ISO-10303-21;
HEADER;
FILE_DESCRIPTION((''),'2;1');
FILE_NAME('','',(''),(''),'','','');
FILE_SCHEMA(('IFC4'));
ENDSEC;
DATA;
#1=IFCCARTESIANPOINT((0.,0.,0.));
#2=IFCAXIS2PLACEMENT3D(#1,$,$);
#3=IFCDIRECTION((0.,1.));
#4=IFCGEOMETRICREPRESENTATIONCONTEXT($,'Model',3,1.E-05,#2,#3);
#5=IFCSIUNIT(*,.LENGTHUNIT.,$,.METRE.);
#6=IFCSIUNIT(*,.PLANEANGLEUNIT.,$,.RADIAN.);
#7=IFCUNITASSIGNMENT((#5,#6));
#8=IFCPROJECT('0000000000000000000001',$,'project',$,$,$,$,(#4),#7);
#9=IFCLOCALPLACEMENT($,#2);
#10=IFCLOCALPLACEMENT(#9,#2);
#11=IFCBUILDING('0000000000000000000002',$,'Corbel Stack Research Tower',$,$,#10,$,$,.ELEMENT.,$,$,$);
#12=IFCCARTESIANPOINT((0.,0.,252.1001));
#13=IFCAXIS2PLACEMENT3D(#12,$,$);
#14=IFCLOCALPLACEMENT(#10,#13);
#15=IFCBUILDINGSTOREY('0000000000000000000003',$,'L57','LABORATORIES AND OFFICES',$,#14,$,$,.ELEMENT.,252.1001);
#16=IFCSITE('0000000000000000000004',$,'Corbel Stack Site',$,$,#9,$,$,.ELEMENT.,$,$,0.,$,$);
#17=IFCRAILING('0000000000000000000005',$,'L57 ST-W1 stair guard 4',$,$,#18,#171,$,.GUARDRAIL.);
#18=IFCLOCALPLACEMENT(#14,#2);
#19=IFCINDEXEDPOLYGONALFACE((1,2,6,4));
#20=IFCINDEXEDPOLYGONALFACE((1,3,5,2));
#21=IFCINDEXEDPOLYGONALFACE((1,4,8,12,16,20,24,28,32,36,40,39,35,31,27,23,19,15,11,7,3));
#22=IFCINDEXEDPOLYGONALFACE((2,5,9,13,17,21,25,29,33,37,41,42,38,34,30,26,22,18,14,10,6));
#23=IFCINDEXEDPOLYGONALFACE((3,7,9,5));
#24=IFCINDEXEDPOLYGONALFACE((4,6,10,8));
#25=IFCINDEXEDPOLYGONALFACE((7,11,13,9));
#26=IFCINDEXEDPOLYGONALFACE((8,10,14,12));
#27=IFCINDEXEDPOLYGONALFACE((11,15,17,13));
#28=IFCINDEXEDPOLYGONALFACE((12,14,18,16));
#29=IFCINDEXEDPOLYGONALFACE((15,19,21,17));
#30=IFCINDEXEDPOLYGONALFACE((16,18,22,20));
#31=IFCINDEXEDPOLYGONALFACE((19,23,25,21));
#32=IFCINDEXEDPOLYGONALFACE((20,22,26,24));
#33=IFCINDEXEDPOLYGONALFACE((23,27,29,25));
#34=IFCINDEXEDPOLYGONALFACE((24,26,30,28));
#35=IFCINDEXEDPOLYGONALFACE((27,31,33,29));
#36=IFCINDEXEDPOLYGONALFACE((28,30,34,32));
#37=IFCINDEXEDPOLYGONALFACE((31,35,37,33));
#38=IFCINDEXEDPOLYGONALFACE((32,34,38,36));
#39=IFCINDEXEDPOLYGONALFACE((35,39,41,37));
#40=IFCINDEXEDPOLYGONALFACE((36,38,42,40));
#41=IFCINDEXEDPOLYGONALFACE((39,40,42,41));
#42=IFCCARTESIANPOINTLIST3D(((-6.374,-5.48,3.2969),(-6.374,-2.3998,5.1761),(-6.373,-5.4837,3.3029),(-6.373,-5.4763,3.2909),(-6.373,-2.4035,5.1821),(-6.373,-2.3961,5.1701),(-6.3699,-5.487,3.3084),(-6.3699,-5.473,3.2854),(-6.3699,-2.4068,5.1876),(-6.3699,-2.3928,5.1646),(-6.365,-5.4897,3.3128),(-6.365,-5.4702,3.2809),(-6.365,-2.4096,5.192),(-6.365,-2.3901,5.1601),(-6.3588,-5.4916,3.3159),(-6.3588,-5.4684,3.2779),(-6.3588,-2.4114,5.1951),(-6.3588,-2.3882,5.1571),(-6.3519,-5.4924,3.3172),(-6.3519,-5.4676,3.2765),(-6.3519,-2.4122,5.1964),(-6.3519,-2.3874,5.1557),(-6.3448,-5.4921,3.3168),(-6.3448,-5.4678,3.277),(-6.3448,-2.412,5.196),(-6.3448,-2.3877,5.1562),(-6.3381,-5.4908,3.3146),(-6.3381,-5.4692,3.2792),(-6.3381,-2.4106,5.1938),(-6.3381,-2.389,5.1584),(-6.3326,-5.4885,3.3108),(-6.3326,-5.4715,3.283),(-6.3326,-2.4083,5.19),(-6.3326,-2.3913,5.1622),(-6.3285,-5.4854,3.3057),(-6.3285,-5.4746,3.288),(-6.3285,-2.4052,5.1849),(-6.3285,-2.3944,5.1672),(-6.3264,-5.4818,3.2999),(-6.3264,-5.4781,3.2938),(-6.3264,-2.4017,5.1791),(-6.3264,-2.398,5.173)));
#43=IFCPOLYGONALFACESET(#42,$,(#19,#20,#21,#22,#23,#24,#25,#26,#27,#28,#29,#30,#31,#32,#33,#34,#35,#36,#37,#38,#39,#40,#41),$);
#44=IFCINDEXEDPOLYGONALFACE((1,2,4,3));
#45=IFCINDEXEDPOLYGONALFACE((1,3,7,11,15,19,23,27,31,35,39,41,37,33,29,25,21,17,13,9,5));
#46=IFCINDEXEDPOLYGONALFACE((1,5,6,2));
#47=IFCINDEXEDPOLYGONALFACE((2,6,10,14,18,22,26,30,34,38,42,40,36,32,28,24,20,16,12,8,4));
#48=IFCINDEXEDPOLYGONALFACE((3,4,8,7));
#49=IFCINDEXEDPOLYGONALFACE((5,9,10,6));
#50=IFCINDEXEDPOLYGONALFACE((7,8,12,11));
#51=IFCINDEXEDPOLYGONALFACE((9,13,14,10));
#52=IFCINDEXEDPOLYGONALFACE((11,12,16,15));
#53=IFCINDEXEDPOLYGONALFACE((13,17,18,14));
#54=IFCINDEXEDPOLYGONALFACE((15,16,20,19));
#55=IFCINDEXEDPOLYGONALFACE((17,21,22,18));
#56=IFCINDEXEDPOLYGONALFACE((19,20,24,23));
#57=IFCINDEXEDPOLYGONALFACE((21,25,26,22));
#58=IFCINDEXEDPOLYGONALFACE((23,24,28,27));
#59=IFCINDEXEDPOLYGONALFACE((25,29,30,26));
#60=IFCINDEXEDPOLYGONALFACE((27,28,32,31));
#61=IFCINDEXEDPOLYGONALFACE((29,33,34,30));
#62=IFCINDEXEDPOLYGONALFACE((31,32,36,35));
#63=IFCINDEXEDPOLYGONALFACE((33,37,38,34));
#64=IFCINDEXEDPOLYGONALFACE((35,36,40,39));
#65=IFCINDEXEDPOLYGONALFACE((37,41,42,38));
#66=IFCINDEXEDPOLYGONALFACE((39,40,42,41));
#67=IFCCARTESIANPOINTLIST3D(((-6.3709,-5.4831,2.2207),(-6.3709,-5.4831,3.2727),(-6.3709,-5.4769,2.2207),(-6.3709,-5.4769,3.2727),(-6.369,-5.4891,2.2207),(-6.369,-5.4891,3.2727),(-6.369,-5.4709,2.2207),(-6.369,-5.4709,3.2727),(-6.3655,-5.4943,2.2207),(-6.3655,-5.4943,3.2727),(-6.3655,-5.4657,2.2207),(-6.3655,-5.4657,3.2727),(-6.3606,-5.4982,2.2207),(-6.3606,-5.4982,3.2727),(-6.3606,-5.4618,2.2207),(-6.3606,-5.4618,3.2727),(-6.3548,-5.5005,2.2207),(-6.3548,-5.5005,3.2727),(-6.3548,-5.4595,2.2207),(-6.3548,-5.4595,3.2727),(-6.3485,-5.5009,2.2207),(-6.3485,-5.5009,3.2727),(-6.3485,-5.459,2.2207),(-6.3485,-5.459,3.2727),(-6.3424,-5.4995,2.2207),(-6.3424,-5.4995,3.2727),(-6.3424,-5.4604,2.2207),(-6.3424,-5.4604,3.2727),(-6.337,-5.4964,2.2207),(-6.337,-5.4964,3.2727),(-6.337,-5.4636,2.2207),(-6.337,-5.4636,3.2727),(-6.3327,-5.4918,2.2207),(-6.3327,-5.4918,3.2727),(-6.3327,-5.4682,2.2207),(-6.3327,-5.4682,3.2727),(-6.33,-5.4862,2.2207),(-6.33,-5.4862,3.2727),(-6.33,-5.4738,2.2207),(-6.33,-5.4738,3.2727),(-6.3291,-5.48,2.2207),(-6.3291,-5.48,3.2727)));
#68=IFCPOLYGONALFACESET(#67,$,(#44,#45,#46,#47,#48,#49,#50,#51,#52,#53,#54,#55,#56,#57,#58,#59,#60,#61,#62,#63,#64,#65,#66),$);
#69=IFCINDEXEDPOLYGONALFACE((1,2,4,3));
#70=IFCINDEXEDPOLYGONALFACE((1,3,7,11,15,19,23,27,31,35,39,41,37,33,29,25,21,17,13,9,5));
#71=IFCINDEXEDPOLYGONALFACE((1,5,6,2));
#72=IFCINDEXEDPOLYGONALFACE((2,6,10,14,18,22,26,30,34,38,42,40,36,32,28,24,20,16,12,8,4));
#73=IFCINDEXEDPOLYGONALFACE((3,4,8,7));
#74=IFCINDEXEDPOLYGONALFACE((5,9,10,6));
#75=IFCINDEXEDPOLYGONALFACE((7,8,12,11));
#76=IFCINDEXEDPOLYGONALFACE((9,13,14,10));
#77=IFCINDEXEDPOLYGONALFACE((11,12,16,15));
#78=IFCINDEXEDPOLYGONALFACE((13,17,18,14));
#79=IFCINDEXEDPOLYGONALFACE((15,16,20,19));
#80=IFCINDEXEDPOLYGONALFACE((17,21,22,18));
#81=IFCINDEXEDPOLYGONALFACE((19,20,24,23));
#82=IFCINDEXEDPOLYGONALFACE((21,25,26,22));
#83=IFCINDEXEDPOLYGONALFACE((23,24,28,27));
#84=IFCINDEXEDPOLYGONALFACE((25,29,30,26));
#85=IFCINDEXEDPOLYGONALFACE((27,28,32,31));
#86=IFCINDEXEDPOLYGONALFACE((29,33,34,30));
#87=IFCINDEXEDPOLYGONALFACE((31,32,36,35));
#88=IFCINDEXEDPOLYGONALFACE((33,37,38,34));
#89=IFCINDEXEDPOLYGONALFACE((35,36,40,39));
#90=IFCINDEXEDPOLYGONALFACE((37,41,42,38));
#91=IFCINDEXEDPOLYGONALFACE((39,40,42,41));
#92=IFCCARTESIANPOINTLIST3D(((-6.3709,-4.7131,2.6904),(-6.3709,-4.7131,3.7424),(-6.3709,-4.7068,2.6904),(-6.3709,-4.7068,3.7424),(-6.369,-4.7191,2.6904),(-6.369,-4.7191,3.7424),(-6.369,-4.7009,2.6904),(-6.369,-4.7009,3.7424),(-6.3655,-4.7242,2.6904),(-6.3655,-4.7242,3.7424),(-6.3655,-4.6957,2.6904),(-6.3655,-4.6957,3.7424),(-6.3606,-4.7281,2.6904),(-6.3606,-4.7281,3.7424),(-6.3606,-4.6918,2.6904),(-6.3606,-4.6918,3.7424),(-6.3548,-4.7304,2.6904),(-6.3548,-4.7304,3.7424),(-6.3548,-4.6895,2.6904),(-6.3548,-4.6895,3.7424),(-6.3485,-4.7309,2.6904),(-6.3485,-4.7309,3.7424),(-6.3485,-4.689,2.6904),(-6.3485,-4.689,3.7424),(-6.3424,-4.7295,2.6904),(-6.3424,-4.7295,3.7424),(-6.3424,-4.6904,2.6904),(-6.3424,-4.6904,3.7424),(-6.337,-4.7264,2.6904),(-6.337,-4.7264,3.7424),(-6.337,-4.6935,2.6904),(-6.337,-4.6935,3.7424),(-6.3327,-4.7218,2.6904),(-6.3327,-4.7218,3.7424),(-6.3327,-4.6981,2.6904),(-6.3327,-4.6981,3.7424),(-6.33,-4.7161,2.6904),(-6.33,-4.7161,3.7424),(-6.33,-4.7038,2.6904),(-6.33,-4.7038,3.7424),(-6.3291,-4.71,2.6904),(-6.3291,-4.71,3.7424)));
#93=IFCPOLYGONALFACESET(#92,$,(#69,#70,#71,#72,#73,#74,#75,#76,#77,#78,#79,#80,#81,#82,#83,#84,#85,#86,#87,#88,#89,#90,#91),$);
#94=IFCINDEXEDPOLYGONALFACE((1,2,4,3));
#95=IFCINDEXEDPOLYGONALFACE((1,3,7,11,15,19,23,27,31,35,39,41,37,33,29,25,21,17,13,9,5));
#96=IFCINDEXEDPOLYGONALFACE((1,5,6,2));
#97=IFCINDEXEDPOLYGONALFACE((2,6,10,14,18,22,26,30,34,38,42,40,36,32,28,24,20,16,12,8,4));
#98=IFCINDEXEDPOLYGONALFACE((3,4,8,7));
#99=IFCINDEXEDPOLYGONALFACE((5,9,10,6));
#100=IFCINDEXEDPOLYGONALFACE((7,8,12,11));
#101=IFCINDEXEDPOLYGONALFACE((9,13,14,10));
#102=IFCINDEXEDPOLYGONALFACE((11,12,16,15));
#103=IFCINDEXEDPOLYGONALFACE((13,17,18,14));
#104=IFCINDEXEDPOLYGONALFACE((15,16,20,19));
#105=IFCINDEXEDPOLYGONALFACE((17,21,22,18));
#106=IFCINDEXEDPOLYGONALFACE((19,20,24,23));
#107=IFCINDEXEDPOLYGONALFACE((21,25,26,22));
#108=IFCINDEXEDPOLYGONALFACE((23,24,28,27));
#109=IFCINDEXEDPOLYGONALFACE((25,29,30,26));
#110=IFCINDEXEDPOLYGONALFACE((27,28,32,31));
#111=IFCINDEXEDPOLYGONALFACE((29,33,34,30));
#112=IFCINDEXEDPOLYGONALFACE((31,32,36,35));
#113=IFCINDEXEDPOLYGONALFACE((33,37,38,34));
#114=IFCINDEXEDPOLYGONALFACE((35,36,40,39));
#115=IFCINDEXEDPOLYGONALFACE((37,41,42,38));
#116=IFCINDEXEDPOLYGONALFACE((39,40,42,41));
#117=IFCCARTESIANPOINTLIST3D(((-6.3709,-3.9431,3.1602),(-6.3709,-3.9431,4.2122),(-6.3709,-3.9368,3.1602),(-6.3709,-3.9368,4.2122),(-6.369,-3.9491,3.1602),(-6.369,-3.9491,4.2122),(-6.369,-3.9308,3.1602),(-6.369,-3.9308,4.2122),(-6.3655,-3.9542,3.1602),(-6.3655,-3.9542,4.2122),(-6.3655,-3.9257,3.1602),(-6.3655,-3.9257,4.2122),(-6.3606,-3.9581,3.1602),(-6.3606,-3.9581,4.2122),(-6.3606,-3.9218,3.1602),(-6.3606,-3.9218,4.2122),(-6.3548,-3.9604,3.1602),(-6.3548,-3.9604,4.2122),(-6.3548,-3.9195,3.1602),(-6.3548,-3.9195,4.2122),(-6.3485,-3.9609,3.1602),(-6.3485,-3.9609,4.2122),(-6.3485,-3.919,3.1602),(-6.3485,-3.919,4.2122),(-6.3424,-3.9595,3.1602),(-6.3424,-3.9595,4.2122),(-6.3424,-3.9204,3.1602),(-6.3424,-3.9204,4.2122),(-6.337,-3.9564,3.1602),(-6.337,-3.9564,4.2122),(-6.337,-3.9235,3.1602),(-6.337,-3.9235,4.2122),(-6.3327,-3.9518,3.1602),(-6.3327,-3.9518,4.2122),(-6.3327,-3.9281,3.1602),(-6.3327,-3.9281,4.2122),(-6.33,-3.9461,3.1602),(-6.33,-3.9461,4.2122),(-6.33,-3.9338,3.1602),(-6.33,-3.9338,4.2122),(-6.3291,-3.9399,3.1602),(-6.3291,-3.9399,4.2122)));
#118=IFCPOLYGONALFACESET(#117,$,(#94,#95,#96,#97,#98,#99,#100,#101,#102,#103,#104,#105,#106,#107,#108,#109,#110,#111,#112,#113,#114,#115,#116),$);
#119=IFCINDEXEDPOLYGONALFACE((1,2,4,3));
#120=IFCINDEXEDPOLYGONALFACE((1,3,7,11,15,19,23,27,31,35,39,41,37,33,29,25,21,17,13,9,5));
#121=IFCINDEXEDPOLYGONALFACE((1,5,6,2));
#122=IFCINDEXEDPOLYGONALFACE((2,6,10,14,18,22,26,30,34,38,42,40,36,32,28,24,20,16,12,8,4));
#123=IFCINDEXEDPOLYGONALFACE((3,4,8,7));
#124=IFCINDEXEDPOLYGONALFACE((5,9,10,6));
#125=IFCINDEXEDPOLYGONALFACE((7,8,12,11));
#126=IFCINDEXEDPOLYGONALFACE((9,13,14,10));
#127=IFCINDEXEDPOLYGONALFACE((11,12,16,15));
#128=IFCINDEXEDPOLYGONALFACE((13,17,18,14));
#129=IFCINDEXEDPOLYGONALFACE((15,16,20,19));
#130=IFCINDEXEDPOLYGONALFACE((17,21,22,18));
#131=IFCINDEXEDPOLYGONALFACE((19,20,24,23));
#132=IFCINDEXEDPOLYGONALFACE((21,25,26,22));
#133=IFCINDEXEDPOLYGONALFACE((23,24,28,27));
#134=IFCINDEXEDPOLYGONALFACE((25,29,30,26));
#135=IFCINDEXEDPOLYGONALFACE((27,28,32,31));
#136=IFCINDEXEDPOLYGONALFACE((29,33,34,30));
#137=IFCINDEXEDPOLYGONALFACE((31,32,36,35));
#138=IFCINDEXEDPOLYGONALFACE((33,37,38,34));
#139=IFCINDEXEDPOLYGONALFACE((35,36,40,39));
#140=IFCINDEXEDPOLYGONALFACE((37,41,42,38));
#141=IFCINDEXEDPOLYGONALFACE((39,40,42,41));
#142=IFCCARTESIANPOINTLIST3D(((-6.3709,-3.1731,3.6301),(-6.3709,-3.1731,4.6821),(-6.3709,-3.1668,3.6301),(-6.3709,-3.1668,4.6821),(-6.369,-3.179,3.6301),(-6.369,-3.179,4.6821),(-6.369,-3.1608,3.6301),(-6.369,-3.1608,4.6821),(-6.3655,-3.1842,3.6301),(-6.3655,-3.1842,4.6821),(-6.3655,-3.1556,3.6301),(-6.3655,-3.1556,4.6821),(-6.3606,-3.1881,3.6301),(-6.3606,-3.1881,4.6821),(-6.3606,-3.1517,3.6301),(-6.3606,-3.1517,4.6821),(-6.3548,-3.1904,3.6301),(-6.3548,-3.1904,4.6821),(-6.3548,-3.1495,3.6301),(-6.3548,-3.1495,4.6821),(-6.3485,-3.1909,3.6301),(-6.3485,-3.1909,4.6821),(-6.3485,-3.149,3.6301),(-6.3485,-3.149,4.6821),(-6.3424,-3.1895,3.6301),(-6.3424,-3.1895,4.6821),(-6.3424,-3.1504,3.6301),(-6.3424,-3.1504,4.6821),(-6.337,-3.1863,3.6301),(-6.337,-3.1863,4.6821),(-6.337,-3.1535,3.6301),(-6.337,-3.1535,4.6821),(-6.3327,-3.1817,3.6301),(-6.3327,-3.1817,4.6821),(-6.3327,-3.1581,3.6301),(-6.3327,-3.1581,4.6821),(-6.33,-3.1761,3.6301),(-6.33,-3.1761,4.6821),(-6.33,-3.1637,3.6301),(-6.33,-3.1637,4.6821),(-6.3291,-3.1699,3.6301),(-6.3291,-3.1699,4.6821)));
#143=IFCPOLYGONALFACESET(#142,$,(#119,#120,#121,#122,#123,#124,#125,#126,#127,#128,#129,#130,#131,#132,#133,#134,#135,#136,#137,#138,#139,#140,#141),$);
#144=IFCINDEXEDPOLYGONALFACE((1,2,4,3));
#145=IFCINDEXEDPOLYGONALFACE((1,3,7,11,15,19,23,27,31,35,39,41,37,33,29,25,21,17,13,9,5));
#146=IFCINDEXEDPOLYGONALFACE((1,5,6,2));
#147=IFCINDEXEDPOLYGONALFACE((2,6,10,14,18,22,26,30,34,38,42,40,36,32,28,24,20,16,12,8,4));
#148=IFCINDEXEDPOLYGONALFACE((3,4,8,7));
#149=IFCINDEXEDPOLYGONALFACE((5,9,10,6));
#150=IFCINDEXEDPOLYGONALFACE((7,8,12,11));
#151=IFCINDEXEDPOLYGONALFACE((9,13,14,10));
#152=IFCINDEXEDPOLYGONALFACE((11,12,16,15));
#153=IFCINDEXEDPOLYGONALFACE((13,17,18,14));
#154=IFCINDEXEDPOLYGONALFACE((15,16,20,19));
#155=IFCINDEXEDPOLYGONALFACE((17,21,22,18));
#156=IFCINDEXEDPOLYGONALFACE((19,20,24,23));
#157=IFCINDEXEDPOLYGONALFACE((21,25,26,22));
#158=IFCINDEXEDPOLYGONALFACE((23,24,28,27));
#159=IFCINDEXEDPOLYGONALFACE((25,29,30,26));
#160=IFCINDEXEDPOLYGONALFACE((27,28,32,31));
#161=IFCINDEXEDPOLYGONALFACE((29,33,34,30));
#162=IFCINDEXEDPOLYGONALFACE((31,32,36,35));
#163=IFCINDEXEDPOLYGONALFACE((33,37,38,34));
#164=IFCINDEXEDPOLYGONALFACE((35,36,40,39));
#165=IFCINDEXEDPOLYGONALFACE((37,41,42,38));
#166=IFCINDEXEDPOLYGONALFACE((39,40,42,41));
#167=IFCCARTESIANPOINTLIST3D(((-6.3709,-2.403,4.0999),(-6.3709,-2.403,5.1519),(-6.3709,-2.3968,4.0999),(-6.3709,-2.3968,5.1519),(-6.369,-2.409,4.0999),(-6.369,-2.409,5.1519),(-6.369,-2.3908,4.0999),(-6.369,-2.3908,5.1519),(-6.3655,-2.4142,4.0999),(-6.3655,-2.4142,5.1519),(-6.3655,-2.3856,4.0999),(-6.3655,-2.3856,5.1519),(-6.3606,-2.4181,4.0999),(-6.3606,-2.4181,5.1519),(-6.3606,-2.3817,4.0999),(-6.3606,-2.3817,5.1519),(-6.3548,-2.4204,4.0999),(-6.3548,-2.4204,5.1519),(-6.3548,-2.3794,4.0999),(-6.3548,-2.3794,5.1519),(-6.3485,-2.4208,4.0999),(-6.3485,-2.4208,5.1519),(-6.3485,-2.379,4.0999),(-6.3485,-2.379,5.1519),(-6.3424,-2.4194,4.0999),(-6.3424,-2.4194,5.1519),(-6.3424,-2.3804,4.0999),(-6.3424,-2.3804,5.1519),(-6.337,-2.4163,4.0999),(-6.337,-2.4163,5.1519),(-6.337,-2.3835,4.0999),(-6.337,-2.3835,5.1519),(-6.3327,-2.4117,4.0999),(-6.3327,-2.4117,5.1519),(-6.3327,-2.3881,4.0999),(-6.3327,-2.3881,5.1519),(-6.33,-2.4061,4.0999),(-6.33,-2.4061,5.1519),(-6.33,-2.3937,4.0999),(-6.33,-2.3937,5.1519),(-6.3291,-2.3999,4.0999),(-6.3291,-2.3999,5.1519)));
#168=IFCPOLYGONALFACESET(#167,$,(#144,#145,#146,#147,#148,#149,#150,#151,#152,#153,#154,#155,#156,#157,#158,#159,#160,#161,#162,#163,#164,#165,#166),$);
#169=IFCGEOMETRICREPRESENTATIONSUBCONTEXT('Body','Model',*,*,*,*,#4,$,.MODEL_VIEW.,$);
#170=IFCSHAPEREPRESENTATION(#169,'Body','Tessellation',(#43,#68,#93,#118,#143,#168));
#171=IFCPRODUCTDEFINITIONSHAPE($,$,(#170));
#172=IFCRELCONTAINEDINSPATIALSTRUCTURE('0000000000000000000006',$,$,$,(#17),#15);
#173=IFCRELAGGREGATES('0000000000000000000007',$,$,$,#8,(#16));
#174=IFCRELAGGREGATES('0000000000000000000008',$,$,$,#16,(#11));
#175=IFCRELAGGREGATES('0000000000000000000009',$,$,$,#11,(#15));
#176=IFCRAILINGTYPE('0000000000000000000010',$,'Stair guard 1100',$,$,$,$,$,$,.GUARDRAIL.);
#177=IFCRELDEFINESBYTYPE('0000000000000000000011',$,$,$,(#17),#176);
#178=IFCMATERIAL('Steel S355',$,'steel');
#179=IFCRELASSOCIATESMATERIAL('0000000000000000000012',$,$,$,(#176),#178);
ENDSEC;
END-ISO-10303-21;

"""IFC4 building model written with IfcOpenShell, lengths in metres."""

from ifc_helpers import new_model, si_unit, direction, frame, origin, origin_2d, place, context, subcontext, project, spatial, circle, extrude, material, type_object, element, save


model = new_model("IFC4")

# Units and contexts
model_context = context("Model", 3, precision=1e-05, world=origin(), true_north=direction((0.0, 1.0)))
body_context = subcontext(model_context, "Body", "Model", "MODEL_VIEW")
ifc_project = project(units=[si_unit("LENGTHUNIT", "METRE"), si_unit("PLANEANGLEUNIT", "RADIAN")], contexts=[model_context])

# Site, building, storey
site_placement = place(None, origin())
site = spatial("IfcSite", under=ifc_project, at=site_placement, Name="Corbel Stack Site", CompositionType="ELEMENT", RefElevation=0.0)
building_placement = place(site_placement, origin())
building = spatial("IfcBuilding", under=site, at=building_placement, Name="Corbel Stack Research Tower", CompositionType="ELEMENT")
storey_placement = place(building_placement, frame((0.0, 0.0, 252.1001)))
storey = spatial("IfcBuildingStorey", under=building, at=storey_placement, Name="L57", Description="LABORATORIES AND OFFICES", CompositionType="ELEMENT", Elevation=252.1001)

# Railing
ifc_material_1 = material(Name="Steel S355", Category="steel")
railing_type = type_object("IfcRailingType", Name="Stair guard 1100", PredefinedType="GUARDRAIL", material=ifc_material_1)
railing_1_placement = place(storey_placement, frame((-6.3501, -5.48, 2.2207)))
element("IfcRailing", 1, at=railing_1_placement, inside=storey, type_object=railing_type, Name="L57 ST-W1 stair guard 4", PredefinedType="GUARDRAIL", context=body_context, shape_type="SweptSolid", body=[
    extrude(circle(Radius=0.0239, at=origin_2d()), frame((0.0, 0.0, 1.0762), z_axis=(0.0, 0.853666, 0.52082), x_axis=(-1.0, 0.0, 0.0)), (0.0, 0.0, 1.0), 3.6082),
    extrude(circle(Radius=0.021, at=origin_2d()), origin(), (0.0, 0.0, 1.0), 1.052),
    extrude(circle(Radius=0.021, at=origin_2d()), frame((0.0, 0.77, 0.4697)), (0.0, 0.0, 1.0), 1.052),
    extrude(circle(Radius=0.021, at=origin_2d()), frame((0.0, 1.54, 0.9395)), (0.0, 0.0, 1.0), 1.052),
    extrude(circle(Radius=0.021, at=origin_2d()), frame((0.0, 2.3101, 1.4094)), (0.0, 0.0, 1.0), 1.052),
    extrude(circle(Radius=0.021, at=origin_2d()), frame((0.0, 3.0801, 1.8792)), (0.0, 0.0, 1.0), 1.052),
])

save(model, "model.ifc")
